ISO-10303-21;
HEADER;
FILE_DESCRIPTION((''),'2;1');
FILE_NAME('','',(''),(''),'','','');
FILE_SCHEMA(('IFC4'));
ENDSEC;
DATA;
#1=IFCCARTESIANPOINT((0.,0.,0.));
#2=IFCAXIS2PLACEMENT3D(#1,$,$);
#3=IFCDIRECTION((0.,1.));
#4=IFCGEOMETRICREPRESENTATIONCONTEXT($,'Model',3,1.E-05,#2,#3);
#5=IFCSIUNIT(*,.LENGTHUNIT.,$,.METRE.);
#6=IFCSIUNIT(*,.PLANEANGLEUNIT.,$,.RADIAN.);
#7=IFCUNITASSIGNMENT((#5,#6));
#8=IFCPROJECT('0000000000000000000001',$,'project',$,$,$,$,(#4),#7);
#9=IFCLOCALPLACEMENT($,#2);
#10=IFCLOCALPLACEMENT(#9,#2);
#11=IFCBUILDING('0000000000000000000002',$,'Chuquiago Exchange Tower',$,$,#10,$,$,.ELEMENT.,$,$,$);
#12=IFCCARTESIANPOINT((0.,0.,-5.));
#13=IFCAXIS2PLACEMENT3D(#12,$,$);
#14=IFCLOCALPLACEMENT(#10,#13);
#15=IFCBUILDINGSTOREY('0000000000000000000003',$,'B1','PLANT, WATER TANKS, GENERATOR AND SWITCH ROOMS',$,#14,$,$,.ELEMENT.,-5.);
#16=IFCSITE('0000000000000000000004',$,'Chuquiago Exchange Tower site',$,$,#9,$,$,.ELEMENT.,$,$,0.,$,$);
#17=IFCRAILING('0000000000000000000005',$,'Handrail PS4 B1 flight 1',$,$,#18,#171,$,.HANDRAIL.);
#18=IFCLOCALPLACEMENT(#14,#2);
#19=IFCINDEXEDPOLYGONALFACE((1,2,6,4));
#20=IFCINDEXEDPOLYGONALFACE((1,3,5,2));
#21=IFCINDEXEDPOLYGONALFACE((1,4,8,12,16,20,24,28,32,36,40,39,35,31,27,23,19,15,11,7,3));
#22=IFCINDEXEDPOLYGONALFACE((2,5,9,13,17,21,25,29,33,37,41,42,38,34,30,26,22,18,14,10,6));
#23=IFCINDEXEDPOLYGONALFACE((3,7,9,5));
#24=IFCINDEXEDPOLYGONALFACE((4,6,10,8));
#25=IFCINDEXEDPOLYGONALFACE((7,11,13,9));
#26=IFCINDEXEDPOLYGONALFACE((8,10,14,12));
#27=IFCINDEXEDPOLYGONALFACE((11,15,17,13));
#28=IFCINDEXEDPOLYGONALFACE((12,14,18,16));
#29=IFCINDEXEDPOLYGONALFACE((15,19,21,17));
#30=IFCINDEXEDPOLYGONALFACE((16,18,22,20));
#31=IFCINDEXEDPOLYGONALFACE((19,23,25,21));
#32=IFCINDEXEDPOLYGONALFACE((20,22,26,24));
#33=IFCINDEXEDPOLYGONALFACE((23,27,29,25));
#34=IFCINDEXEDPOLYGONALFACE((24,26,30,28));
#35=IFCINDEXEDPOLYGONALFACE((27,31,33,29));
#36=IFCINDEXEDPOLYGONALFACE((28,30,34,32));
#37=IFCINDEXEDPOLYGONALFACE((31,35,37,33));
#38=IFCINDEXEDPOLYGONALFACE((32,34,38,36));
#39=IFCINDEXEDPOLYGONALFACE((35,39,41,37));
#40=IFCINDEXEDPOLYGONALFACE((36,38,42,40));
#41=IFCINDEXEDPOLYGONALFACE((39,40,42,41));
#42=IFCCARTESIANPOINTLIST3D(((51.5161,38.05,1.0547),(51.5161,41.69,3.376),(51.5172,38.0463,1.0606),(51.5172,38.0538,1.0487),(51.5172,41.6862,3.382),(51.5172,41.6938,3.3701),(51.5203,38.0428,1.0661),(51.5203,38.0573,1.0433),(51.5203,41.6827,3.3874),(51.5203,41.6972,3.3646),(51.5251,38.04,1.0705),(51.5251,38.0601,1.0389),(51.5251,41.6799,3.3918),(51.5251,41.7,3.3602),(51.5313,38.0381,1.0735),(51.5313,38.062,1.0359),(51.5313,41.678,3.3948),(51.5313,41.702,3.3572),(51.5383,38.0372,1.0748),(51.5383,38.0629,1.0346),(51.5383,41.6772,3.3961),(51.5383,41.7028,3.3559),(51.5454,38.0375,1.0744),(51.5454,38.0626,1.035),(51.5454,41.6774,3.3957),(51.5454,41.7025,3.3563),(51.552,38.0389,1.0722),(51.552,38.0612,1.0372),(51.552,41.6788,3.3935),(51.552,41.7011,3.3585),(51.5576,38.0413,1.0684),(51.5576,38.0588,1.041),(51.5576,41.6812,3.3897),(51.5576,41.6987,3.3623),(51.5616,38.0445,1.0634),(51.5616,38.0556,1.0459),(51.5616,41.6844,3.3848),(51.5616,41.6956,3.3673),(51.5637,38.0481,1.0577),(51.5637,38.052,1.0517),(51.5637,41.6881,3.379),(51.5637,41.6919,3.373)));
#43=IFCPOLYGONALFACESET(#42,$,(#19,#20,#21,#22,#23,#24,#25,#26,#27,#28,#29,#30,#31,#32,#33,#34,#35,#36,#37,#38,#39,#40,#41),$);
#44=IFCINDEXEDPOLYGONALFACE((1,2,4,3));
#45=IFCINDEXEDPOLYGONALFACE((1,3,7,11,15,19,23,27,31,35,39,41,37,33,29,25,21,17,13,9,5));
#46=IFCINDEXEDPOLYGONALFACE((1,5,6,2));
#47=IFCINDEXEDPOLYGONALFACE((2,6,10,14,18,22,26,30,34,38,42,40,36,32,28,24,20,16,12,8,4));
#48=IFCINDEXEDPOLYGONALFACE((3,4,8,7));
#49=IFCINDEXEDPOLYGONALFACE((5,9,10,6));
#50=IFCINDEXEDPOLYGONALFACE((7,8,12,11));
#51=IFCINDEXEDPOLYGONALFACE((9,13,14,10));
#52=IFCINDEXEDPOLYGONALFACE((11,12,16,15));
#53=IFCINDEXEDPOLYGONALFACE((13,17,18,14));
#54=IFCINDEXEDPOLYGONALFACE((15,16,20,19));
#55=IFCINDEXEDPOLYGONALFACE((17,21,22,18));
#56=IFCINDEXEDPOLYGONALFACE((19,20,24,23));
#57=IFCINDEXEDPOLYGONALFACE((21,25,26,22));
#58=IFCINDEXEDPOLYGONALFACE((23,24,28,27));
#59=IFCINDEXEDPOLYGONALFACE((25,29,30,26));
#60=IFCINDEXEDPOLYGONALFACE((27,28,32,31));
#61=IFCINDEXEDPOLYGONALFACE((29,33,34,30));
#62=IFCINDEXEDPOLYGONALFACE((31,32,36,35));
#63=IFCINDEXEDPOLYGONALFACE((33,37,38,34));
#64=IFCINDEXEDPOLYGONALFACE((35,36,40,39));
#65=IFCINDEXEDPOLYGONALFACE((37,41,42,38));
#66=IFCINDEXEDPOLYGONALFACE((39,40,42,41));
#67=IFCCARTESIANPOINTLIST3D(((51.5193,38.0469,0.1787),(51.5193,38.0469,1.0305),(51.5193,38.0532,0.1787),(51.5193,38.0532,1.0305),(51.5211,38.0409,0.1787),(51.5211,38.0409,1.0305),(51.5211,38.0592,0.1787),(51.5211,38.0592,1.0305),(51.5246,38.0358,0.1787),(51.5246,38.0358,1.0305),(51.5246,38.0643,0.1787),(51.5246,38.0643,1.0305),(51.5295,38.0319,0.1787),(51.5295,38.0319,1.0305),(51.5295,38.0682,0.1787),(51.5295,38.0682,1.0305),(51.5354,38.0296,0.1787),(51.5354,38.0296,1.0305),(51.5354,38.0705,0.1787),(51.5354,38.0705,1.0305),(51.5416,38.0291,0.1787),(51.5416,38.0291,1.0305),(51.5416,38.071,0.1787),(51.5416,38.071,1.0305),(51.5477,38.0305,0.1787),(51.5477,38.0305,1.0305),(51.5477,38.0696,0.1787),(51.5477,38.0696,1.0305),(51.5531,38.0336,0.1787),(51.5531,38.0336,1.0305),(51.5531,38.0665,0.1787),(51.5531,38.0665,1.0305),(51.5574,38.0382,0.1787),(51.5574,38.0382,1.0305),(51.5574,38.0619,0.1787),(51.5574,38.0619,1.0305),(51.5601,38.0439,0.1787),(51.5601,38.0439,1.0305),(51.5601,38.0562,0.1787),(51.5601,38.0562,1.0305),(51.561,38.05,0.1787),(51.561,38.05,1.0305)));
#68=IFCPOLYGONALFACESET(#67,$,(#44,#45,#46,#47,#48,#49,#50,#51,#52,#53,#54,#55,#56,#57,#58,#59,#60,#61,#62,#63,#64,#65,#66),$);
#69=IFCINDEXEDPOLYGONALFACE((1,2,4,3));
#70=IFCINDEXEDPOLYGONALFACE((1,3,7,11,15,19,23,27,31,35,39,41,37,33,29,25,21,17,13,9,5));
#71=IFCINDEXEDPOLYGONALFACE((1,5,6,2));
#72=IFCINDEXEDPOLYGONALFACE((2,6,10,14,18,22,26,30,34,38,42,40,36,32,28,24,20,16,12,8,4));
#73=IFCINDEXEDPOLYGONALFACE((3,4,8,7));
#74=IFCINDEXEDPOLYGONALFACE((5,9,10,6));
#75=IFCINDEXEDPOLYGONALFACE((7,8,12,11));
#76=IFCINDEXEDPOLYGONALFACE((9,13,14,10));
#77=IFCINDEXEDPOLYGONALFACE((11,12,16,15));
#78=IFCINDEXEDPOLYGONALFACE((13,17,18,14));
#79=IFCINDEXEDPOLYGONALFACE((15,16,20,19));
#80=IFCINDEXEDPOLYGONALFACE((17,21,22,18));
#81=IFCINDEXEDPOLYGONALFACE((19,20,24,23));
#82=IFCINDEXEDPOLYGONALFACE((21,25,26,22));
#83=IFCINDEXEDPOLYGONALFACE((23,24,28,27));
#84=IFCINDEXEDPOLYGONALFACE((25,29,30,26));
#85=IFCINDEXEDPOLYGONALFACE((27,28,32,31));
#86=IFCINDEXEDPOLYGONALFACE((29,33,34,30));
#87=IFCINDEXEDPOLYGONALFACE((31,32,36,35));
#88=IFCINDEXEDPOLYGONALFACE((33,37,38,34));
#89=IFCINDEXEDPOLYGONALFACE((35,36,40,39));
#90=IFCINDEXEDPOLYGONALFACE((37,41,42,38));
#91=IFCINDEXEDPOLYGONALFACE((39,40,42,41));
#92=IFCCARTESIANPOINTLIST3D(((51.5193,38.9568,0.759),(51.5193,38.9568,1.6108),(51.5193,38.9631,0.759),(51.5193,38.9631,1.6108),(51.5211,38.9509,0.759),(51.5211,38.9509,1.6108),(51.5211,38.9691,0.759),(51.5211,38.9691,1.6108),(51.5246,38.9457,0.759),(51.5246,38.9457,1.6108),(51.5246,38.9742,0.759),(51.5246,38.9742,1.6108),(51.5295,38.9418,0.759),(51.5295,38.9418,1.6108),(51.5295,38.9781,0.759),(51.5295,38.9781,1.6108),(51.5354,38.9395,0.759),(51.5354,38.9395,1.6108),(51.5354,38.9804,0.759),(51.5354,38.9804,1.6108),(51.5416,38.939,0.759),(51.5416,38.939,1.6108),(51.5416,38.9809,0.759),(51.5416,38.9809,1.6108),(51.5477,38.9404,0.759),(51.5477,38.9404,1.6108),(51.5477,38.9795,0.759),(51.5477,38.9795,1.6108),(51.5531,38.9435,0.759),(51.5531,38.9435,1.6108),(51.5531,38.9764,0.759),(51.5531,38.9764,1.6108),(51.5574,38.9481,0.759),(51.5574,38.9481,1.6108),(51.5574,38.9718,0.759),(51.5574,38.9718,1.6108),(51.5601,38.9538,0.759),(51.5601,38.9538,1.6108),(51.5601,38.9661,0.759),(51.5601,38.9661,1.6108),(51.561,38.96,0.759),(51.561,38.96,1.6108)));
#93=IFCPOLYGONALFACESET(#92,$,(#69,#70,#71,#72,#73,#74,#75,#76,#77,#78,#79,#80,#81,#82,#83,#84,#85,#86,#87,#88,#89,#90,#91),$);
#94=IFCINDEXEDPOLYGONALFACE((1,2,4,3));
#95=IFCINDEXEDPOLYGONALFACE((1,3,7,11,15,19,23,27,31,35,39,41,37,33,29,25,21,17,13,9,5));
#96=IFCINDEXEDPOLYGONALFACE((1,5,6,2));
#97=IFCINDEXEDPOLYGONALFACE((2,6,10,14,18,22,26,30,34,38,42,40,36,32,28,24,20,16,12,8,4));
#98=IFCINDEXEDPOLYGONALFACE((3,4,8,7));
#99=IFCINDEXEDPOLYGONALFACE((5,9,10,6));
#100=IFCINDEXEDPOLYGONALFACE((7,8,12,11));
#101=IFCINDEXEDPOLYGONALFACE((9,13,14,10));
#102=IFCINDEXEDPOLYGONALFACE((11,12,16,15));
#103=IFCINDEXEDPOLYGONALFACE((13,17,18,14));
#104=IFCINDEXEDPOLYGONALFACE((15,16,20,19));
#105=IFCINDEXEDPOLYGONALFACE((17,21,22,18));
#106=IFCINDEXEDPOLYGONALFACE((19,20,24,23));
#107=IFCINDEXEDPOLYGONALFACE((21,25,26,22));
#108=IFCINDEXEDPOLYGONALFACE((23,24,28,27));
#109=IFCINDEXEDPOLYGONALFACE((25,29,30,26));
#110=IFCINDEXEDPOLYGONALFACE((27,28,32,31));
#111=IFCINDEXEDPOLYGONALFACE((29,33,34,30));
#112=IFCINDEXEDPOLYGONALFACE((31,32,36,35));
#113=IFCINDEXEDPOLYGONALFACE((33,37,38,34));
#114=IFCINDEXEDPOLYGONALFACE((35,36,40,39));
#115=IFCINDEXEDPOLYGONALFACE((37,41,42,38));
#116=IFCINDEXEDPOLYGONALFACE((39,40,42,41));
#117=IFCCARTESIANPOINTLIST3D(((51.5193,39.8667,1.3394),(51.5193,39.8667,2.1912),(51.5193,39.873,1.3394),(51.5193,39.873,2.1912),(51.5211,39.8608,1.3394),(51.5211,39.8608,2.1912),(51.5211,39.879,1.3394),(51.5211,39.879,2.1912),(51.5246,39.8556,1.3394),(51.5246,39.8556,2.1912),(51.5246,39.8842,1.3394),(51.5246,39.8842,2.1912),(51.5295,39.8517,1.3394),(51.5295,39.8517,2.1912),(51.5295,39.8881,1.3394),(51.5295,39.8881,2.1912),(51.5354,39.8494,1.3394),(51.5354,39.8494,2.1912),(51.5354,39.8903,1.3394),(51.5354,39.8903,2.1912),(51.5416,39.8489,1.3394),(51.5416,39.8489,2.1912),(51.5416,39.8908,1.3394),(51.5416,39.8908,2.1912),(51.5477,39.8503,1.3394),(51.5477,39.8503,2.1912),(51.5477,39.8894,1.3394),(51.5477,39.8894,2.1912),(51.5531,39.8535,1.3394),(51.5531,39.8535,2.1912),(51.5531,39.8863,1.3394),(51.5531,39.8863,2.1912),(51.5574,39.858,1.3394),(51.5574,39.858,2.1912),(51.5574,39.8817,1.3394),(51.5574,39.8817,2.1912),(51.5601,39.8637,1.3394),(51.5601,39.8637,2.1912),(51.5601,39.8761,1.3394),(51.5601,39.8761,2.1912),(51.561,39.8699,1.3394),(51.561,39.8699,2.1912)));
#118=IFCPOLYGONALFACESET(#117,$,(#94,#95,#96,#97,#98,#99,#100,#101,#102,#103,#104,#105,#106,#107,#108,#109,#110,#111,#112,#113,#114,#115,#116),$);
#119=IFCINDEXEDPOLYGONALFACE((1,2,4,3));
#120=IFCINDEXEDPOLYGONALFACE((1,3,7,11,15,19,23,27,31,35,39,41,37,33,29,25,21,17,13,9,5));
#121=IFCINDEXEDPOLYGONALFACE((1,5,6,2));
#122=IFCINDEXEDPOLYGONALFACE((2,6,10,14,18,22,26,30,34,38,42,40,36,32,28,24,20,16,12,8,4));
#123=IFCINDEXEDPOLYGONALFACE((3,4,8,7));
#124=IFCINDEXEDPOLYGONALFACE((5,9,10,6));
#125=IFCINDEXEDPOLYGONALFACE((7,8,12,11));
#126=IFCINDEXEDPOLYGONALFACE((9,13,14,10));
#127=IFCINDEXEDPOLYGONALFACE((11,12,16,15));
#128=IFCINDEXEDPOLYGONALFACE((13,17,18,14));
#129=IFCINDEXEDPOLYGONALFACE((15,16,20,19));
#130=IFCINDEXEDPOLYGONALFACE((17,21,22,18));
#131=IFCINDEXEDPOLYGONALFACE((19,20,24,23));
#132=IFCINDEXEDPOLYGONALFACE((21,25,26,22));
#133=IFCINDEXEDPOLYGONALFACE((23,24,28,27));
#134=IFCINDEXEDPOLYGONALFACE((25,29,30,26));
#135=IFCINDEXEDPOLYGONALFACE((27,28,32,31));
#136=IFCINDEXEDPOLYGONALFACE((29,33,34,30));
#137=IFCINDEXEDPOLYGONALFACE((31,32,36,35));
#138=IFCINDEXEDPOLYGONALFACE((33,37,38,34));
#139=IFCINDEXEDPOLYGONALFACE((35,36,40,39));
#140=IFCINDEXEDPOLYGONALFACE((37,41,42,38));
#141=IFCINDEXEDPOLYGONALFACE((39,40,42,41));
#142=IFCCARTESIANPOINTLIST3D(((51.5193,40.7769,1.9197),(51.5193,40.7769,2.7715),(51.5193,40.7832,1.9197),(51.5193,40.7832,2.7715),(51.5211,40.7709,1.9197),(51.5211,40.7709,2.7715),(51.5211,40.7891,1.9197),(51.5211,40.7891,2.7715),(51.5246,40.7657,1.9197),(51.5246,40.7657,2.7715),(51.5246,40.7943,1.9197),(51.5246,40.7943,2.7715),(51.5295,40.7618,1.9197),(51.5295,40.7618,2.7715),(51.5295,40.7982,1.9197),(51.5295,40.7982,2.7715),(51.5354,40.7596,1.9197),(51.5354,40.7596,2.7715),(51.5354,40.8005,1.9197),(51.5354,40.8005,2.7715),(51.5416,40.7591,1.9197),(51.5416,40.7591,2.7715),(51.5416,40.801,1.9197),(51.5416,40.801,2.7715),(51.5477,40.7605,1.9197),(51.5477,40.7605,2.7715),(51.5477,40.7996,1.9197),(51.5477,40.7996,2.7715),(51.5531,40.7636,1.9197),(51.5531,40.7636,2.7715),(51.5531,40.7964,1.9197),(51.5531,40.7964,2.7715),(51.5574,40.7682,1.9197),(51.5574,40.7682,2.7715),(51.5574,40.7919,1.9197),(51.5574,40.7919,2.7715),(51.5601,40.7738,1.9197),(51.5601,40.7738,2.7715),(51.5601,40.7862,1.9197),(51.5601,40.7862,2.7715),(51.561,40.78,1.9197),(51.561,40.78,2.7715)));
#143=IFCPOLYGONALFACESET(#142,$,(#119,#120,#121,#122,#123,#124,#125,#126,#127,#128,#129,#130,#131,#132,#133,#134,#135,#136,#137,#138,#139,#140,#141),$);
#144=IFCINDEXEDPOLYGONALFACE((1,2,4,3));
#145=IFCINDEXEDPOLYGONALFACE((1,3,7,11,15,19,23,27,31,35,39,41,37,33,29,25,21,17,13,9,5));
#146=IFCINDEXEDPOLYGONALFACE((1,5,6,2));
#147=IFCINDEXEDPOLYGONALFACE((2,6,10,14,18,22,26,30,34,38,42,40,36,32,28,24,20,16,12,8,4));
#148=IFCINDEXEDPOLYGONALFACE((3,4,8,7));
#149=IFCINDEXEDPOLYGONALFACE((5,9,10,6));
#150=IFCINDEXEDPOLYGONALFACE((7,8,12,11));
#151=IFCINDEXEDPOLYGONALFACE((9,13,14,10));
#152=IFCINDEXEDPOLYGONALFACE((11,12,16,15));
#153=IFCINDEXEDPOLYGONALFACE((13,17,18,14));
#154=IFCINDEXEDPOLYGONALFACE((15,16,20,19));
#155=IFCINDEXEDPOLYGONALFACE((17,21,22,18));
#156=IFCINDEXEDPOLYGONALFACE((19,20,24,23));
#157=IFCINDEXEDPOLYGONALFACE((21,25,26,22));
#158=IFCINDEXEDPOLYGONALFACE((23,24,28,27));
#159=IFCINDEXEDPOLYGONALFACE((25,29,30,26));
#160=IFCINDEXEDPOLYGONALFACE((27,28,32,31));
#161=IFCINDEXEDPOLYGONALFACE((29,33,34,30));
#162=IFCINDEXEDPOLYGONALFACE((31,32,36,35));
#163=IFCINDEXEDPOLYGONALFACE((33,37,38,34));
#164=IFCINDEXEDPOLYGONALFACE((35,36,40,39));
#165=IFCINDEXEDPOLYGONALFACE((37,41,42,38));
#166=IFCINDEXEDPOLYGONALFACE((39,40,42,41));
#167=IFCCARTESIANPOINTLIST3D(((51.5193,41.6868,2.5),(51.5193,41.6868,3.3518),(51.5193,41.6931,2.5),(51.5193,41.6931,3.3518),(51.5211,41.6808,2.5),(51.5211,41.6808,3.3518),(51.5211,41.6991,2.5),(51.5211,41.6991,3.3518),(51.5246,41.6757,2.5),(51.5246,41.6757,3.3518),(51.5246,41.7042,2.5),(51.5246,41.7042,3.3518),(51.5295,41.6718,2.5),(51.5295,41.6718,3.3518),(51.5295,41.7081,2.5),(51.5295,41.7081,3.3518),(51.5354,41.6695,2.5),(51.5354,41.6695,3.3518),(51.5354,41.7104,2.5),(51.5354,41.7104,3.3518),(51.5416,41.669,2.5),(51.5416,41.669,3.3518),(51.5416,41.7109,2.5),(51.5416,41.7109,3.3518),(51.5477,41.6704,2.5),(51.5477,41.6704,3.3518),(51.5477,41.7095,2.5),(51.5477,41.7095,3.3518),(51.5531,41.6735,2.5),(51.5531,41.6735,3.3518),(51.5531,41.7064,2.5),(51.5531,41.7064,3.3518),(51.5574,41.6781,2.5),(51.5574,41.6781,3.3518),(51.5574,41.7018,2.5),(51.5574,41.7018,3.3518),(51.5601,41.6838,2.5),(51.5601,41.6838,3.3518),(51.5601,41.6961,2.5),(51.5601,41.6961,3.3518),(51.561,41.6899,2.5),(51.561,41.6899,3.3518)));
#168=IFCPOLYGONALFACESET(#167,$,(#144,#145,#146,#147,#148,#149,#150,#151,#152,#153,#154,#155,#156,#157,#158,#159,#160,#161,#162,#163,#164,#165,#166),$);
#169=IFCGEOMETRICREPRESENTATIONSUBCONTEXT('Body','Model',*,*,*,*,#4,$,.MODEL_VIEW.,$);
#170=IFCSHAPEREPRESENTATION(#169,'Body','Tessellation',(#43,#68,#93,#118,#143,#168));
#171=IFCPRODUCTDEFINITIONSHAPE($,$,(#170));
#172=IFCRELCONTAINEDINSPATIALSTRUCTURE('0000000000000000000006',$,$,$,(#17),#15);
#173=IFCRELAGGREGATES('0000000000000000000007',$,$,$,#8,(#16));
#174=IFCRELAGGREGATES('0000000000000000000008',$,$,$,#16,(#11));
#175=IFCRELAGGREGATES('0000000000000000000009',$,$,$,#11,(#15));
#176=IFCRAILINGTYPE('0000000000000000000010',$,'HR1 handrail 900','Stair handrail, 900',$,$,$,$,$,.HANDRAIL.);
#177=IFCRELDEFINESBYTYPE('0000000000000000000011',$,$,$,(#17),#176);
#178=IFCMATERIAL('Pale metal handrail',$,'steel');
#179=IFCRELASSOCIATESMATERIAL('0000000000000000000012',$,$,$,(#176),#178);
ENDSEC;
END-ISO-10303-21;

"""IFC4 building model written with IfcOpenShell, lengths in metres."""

from ifc_helpers import new_model, si_unit, direction, frame, origin, origin_2d, place, context, subcontext, project, spatial, circle, extrude, material, type_object, element, save


model = new_model("IFC4")

# Units and contexts
model_context = context("Model", 3, precision=1e-05, world=origin(), true_north=direction((0.0, 1.0)))
body_context = subcontext(model_context, "Body", "Model", "MODEL_VIEW")
ifc_project = project(units=[si_unit("LENGTHUNIT", "METRE"), si_unit("PLANEANGLEUNIT", "RADIAN")], contexts=[model_context])

# Site, building, storey
site_placement = place(None, origin())
site = spatial("IfcSite", under=ifc_project, at=site_placement, Name="Chuquiago Exchange Tower site", CompositionType="ELEMENT", RefElevation=0.0)
building_placement = place(site_placement, origin())
building = spatial("IfcBuilding", under=site, at=building_placement, Name="Chuquiago Exchange Tower", CompositionType="ELEMENT")
storey_placement = place(building_placement, frame((0.0, 0.0, -5.0)))
storey = spatial("IfcBuildingStorey", under=building, at=storey_placement, Name="B1", Description="PLANT, WATER TANKS, GENERATOR AND SWITCH ROOMS", CompositionType="ELEMENT", Elevation=-5.0)

# Railing
ifc_material_1 = material(Name="Pale metal handrail", Category="steel")
railing_type = type_object("IfcRailingType", Name="HR1 handrail 900", Description="Stair handrail, 900", PredefinedType="HANDRAIL", material=ifc_material_1)
for number, where, name in (
    (1, (51.54, 38.05, 0.1787), "Handrail PS4 B1 flight 1"),
):
    element("IfcRailing", number, at=place(storey_placement, frame(where)), inside=storey, type_object=railing_type, Name=name, PredefinedType="HANDRAIL", context=body_context, shape_type="SweptSolid", body=[
        extrude(circle(Radius=0.0239, at=origin_2d()), frame((0.0, 0.0, 0.876), z_axis=(0.0, 0.843137, 0.537699), x_axis=(-1.0, 0.0, 0.0)), (0.0, 0.0, 1.0), 4.3171),
        extrude(circle(Radius=0.021, at=origin_2d()), origin(), (0.0, 0.0, 1.0), 0.8518),
        extrude(circle(Radius=0.021, at=origin_2d()), frame((0.0, 0.9099, 0.5803)), (0.0, 0.0, 1.0), 0.8518),
        extrude(circle(Radius=0.021, at=origin_2d()), frame((0.0, 1.8198, 1.1606)), (0.0, 0.0, 1.0), 0.8518),
        extrude(circle(Radius=0.021, at=origin_2d()), frame((0.0, 2.73, 1.741)), (0.0, 0.0, 1.0), 0.8518),
        extrude(circle(Radius=0.021, at=origin_2d()), frame((0.0, 3.6399, 2.3213)), (0.0, 0.0, 1.0), 0.8518),
    ])

save(model, "model.ifc")
